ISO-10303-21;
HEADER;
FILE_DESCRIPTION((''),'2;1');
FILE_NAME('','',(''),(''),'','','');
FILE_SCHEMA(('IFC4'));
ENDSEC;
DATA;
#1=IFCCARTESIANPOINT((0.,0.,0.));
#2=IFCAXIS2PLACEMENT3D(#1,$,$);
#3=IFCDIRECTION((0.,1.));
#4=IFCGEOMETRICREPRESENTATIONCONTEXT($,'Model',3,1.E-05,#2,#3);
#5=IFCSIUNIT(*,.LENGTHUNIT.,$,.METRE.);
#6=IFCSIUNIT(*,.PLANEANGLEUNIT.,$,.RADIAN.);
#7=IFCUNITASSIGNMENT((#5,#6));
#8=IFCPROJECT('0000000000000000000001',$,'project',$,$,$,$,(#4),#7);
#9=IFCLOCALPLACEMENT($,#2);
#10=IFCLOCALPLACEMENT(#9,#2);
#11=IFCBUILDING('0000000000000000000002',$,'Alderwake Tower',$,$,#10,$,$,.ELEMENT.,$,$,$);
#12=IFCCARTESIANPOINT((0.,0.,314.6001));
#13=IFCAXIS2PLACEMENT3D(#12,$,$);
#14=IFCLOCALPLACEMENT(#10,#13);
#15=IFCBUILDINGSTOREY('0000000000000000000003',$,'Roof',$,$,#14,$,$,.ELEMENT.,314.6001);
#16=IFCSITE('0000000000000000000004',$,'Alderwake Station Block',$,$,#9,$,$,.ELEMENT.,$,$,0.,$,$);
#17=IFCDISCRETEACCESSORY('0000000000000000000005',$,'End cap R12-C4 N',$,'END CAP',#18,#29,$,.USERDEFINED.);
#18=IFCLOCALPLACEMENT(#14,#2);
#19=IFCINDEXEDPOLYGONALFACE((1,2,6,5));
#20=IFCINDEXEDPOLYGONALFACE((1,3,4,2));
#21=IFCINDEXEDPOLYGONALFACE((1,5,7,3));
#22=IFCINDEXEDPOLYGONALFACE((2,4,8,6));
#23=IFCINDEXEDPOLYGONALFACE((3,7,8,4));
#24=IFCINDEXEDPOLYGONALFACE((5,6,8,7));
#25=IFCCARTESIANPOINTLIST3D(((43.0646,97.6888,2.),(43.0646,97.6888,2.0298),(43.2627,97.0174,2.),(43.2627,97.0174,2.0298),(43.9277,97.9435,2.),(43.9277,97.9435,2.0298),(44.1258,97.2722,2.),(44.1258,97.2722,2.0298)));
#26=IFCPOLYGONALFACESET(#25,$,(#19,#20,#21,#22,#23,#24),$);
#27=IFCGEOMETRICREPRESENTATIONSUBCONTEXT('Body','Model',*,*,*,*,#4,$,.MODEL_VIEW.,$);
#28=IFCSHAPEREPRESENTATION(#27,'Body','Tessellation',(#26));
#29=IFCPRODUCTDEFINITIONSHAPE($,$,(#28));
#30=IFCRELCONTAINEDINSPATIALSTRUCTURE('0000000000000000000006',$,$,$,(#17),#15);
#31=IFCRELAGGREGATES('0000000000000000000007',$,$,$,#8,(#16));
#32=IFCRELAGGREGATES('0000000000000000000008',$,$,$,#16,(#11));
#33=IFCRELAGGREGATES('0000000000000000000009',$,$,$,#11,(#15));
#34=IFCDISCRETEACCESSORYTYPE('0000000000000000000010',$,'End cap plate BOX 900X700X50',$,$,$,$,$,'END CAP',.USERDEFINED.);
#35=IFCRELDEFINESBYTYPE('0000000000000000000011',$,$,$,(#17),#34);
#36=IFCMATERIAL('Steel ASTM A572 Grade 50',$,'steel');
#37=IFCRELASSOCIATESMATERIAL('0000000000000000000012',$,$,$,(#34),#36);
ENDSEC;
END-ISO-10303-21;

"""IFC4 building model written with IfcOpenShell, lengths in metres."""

from ifc_helpers import new_model, si_unit, direction, frame, origin, origin_2d, place, context, subcontext, project, spatial, rectangle, extrude, material, material_profile, profile_set, type_object, element, save


model = new_model("IFC4")

# Units and contexts
model_context = context("Model", 3, precision=1e-05, world=origin(), true_north=direction((0.0, 1.0)))
body_context = subcontext(model_context, "Body", "Model", "MODEL_VIEW")
ifc_project = project(units=[si_unit("LENGTHUNIT", "METRE"), si_unit("PLANEANGLEUNIT", "RADIAN")], contexts=[model_context])

# Site, building, storey
site_placement = place(None, origin())
site = spatial("IfcSite", under=ifc_project, at=site_placement, Name="Alderwake Station Block", CompositionType="ELEMENT", RefElevation=0.0)
building_placement = place(site_placement, origin())
building = spatial("IfcBuilding", under=site, at=building_placement, Name="Alderwake Tower", CompositionType="ELEMENT")
storey_placement = place(building_placement, frame((0.0, 0.0, 314.6001)))
storey = spatial("IfcBuildingStorey", under=building, at=storey_placement, Name="Roof", CompositionType="ELEMENT", Elevation=314.6001)

# Discrete accessory
ifc_material_1 = material(Name="Steel ASTM A572 Grade 50", Category="steel")
ifc_material_profile_1 = material_profile(ifc_material_1, rectangle(XDim=0.7, YDim=0.8999, at=origin_2d()), Name="BOX 900X700X50 cap")
ifc_profile_set_1 = profile_set([ifc_material_profile_1], Name="Steel ASTM A572 Grade 50")
discrete_accessory_type_1 = type_object("IfcDiscreteAccessoryType", Name="End cap plate BOX 900X700X50", ElementType="END CAP", PredefinedType="USERDEFINED", material=ifc_profile_set_1)
for number, where, z_axis, x_axis, name in (
    (1, (43.5952, 97.4805, 2.0), (0.0, 0.0, 1.0), (-0.283086, 0.959094, 0.0), "End cap R12-C4 N"),
):
    element("IfcDiscreteAccessory", number, at=place(storey_placement, frame(where, z_axis=z_axis, x_axis=x_axis)), inside=storey, type_object=discrete_accessory_type_1, Name=name, ObjectType="END CAP", PredefinedType="USERDEFINED", context=body_context, shape_type="SweptSolid", body=[
        extrude(rectangle(XDim=0.7, YDim=0.8999, at=origin_2d()), origin(), (0.0, 0.0, 1.0), 0.0298),
    ])

save(model, "model.ifc")
